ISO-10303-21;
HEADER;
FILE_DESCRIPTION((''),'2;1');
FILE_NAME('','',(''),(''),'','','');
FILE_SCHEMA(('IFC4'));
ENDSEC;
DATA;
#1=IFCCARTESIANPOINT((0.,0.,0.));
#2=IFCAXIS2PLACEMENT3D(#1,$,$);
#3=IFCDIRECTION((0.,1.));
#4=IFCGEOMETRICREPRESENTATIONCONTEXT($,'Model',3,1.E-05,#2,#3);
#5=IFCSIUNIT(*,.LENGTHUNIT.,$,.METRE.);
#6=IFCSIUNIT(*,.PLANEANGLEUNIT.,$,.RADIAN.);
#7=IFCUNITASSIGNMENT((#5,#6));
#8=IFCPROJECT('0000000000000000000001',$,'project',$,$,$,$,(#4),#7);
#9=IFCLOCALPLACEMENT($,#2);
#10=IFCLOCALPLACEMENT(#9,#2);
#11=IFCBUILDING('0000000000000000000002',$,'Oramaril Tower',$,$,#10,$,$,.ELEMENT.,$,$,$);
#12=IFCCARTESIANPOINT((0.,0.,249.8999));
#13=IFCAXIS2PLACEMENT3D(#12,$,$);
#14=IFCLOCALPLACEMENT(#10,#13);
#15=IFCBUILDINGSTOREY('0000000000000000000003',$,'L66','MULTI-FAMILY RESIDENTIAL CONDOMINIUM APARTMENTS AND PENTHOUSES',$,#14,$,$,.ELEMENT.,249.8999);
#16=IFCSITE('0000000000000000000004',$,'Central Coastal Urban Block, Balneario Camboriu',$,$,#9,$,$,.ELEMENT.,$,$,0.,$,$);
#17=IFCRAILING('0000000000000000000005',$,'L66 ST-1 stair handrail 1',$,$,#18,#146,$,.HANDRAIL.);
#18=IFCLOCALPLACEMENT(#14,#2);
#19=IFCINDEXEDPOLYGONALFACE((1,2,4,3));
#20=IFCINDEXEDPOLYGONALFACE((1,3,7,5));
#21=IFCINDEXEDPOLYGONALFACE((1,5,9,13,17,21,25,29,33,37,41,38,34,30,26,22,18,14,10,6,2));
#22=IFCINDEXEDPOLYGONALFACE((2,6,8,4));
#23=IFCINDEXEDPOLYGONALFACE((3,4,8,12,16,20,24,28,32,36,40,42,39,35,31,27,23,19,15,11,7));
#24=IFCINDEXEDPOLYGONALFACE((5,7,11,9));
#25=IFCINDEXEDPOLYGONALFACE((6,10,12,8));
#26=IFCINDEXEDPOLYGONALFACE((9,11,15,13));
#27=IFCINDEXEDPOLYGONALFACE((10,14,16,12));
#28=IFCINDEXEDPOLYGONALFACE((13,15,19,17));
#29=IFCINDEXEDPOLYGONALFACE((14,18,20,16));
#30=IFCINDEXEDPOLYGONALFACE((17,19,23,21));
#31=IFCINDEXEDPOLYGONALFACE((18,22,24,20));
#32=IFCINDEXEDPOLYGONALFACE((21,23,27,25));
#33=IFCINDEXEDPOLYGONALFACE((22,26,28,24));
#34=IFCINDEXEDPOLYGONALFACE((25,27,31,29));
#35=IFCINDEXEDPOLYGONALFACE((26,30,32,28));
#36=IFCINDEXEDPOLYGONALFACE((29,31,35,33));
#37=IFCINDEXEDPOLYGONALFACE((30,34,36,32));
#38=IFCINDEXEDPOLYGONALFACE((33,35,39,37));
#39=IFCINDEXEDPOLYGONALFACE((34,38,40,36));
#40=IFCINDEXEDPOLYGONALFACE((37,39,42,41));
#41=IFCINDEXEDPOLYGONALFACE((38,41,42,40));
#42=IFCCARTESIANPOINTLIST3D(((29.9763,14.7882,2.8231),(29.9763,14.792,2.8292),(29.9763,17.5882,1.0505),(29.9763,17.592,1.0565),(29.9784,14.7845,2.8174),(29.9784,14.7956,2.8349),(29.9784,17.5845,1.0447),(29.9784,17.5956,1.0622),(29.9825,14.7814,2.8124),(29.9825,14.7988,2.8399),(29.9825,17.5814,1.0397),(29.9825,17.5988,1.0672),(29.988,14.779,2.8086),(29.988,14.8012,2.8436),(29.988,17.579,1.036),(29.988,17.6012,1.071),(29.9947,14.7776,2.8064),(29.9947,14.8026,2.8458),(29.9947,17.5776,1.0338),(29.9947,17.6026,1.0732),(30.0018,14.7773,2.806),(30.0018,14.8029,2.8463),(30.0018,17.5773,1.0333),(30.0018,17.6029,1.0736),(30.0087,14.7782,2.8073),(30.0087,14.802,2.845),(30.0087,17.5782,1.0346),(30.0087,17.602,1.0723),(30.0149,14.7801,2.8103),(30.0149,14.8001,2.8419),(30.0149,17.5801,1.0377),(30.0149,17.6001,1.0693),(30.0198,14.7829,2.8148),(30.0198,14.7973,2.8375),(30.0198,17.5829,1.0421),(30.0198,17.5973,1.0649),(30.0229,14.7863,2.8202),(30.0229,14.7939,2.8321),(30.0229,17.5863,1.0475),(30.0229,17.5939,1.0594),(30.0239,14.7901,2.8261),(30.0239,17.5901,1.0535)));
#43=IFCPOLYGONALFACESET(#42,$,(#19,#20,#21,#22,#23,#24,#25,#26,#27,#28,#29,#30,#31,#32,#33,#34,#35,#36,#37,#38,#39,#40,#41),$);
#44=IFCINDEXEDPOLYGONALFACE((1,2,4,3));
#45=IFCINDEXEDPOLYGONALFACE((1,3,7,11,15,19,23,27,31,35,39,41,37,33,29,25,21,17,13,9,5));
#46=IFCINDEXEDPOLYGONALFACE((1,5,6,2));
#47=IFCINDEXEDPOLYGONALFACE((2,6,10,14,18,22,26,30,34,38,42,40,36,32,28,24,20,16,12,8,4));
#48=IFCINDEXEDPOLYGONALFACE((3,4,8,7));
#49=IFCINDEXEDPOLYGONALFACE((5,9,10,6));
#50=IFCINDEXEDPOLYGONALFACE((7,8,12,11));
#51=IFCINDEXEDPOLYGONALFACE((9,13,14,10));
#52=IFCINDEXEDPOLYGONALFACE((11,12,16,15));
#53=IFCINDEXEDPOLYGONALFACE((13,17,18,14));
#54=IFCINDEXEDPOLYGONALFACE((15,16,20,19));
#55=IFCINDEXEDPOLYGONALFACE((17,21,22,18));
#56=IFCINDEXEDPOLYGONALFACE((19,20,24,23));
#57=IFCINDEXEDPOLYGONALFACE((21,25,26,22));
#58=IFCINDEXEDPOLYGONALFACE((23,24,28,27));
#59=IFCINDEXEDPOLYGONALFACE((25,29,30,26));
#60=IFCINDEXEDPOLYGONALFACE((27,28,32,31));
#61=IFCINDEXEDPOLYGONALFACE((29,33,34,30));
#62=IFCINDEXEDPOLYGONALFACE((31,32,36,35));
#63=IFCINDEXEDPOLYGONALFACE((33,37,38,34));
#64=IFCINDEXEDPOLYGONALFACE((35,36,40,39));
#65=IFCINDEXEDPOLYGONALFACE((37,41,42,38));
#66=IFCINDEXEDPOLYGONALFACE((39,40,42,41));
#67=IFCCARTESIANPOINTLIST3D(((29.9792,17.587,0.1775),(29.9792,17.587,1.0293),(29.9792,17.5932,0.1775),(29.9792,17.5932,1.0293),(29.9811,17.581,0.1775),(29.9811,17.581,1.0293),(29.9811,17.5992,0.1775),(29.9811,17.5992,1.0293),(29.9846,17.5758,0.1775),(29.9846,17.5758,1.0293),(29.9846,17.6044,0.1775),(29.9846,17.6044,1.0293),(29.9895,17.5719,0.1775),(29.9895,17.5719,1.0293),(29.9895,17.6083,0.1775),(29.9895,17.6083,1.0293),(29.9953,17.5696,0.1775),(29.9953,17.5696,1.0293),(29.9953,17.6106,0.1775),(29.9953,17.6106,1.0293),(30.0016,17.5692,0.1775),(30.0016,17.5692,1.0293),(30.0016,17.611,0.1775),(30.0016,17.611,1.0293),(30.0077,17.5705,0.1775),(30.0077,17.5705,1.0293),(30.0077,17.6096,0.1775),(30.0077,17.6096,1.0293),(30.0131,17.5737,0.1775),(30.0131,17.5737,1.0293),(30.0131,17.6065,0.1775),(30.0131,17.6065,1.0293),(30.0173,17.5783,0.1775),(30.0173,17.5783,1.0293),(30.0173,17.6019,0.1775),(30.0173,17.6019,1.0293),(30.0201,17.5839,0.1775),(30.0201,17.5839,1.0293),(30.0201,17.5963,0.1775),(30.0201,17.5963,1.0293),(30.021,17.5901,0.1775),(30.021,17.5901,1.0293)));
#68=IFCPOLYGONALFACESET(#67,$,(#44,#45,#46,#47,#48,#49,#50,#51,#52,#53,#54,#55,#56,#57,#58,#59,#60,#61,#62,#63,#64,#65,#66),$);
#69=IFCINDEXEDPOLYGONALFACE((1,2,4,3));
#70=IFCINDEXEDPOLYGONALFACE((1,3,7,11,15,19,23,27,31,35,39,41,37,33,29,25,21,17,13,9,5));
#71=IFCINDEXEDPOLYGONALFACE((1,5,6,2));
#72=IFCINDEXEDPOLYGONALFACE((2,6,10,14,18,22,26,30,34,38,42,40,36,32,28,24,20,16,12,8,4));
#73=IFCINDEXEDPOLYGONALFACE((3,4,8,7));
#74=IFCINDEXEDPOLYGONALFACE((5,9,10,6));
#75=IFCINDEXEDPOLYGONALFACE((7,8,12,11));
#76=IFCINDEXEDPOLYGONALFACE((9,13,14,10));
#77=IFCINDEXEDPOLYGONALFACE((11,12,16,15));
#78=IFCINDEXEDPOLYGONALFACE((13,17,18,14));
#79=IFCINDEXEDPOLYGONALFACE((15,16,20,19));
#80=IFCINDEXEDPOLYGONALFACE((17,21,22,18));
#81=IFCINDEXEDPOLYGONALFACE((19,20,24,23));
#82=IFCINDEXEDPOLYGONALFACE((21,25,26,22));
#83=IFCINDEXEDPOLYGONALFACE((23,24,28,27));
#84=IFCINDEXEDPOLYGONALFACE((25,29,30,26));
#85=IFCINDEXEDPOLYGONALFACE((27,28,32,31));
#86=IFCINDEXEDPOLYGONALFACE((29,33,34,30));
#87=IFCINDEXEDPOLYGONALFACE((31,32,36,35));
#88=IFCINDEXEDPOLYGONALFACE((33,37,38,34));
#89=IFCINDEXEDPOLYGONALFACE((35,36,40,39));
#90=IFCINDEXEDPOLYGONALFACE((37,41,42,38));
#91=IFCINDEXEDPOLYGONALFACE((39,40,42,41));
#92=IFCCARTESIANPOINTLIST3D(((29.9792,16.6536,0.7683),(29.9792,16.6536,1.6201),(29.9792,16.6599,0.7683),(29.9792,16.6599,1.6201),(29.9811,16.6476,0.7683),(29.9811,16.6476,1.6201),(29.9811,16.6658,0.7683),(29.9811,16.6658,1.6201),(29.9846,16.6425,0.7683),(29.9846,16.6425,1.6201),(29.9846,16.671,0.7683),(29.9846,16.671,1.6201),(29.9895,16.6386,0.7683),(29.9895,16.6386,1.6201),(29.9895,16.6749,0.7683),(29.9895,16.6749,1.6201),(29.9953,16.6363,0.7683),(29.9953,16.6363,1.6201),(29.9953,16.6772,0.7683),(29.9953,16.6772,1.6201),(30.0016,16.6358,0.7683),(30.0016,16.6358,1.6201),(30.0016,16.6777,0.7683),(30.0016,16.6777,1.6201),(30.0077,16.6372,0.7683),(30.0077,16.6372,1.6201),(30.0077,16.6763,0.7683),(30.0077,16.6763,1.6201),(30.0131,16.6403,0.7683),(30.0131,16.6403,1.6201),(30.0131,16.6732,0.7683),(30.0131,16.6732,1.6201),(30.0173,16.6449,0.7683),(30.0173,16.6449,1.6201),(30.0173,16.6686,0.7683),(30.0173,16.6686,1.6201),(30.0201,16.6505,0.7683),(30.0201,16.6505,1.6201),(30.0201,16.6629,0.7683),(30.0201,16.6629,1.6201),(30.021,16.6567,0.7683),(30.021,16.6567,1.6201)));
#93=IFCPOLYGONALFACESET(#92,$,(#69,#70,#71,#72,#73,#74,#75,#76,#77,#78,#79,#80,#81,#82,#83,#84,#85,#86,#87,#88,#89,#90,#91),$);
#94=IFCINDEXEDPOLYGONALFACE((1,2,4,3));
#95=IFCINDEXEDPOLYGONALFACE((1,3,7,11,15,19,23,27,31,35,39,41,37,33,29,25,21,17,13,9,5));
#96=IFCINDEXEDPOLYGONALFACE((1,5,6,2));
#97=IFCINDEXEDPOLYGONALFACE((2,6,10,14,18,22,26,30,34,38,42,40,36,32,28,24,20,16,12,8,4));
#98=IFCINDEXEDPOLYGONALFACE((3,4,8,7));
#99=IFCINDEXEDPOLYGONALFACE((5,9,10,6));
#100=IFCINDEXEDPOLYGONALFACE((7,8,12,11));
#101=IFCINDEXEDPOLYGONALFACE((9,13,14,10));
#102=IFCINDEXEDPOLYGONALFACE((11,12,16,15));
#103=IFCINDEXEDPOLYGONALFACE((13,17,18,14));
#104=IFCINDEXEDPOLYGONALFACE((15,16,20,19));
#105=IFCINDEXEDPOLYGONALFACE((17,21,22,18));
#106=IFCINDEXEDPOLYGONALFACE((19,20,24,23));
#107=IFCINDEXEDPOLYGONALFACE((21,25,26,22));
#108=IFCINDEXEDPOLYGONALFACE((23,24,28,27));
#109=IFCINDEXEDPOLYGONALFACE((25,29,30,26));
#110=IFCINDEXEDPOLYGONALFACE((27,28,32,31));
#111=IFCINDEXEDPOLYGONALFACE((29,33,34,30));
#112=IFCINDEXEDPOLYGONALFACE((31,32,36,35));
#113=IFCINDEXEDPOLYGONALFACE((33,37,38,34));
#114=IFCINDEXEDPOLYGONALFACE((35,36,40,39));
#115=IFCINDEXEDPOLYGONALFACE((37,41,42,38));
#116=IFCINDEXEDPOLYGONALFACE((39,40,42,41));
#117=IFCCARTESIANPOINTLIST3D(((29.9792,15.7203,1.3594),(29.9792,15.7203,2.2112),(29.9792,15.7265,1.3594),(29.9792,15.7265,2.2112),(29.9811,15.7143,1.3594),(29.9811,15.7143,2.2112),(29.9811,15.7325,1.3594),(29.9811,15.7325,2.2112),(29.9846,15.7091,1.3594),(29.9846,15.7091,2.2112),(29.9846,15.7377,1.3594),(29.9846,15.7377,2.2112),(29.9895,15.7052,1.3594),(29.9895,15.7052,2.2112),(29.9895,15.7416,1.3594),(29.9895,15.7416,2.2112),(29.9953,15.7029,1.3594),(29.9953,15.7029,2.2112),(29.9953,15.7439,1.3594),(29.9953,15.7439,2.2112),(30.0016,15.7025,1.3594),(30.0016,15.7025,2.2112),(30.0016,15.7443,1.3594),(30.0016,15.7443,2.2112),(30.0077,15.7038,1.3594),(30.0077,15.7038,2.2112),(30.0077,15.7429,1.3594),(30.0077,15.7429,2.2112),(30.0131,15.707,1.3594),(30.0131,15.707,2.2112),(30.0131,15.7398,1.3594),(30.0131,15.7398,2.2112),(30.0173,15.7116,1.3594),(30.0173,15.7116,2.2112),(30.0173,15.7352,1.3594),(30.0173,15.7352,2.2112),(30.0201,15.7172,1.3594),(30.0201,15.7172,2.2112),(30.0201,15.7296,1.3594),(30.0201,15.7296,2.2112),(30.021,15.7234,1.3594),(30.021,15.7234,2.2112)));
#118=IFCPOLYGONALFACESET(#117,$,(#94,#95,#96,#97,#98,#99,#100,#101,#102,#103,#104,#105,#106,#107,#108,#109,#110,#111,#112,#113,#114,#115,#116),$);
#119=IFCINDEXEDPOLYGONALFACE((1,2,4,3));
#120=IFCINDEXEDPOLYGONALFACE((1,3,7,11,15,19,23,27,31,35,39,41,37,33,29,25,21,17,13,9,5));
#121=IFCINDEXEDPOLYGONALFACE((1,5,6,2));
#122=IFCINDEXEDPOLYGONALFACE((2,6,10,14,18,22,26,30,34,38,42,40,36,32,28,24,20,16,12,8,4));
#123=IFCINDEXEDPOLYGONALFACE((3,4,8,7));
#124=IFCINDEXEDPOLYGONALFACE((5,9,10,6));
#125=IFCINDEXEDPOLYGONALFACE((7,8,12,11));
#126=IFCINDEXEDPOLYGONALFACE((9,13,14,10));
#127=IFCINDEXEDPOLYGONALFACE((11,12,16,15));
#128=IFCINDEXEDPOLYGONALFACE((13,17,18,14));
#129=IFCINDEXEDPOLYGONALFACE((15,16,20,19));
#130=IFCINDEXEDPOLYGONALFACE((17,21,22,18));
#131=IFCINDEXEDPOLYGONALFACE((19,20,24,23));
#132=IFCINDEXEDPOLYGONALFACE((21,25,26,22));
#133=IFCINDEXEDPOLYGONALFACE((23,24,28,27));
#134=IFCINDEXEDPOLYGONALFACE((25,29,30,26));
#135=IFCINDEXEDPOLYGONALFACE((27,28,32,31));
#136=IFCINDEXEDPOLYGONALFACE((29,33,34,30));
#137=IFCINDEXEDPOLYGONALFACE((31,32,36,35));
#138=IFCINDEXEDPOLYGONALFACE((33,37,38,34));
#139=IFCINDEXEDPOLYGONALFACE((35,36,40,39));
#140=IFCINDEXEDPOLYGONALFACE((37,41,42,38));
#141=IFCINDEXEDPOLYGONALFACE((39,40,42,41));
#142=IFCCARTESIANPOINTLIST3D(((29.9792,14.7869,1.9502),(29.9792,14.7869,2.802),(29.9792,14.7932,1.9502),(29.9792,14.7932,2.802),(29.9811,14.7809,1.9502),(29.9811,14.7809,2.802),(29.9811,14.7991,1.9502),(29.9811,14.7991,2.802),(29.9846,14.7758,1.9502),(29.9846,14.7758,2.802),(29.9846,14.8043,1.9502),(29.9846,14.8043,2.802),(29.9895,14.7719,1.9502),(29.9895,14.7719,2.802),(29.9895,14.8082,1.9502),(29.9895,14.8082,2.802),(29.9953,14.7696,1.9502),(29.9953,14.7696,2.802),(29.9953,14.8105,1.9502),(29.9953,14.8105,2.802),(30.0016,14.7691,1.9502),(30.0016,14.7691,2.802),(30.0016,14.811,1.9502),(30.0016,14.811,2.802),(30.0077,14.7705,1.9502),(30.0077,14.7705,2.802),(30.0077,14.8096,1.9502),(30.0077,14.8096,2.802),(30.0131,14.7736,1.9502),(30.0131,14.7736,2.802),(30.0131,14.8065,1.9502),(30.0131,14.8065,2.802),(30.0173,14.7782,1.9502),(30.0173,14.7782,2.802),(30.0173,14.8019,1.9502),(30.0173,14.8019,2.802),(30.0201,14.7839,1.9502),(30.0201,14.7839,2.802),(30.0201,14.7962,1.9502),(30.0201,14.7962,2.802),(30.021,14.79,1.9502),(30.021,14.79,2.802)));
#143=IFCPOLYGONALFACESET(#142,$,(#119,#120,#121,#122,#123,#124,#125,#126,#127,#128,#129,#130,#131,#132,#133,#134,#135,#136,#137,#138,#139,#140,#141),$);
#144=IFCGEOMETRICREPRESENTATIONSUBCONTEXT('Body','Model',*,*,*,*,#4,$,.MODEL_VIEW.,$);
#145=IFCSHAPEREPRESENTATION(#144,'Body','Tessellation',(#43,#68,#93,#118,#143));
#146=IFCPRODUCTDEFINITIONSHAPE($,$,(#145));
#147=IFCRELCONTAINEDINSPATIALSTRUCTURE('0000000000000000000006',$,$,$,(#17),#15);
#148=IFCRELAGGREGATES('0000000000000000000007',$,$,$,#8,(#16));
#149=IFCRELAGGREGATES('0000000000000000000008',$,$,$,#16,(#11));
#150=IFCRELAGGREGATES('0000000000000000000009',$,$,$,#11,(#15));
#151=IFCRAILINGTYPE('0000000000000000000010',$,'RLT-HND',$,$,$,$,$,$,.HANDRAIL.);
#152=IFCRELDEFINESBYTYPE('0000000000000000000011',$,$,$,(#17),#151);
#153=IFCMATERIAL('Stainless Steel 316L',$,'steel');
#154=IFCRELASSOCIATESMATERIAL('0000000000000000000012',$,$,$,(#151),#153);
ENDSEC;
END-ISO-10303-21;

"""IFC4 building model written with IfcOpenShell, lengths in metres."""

from ifc_helpers import new_model, si_unit, direction, frame, origin, origin_2d, place, context, subcontext, project, spatial, circle, extrude, material, type_object, element, save


model = new_model("IFC4")

# Units and contexts
model_context = context("Model", 3, precision=1e-05, world=origin(), true_north=direction((0.0, 1.0)))
body_context = subcontext(model_context, "Body", "Model", "MODEL_VIEW")
ifc_project = project(units=[si_unit("LENGTHUNIT", "METRE"), si_unit("PLANEANGLEUNIT", "RADIAN")], contexts=[model_context])

# Site, building, storey
site_placement = place(None, origin())
site = spatial("IfcSite", under=ifc_project, at=site_placement, Name="Central Coastal Urban Block, Balneario Camboriu", CompositionType="ELEMENT", RefElevation=0.0)
building_placement = place(site_placement, origin())
building = spatial("IfcBuilding", under=site, at=building_placement, Name="Oramaril Tower", CompositionType="ELEMENT")
storey_placement = place(building_placement, frame((0.0, 0.0, 249.8999)))
storey = spatial("IfcBuildingStorey", under=building, at=storey_placement, Name="L66", Description="MULTI-FAMILY RESIDENTIAL CONDOMINIUM APARTMENTS AND PENTHOUSES", CompositionType="ELEMENT", Elevation=249.8999)

# Railing
ifc_material_1 = material(Name="Stainless Steel 316L", Category="steel")
railing_type_1 = type_object("IfcRailingType", Name="RLT-HND", PredefinedType="HANDRAIL", material=ifc_material_1)
railing_1_placement = place(storey_placement, frame((30.0, 17.5901, 0.1775)))
element("IfcRailing", 1, at=railing_1_placement, inside=storey, type_object=railing_type_1, Name="L66 ST-1 stair handrail 1", PredefinedType="HANDRAIL", context=body_context, shape_type="SweptSolid", body=[
    extrude(circle(Radius=0.0239, at=origin_2d()), frame((0.0, 0.0, 0.876), z_axis=(0.0, -0.844909, 0.53491), x_axis=(1.0, 0.0, 0.0)), (0.0, 0.0, 1.0), 3.314),
    extrude(circle(Radius=0.021, at=origin_2d()), origin(), (0.0, 0.0, 1.0), 0.8518),
    extrude(circle(Radius=0.021, at=origin_2d()), frame((0.0, -0.9333, 0.5908)), (0.0, 0.0, 1.0), 0.8518),
    extrude(circle(Radius=0.021, at=origin_2d()), frame((0.0, -1.8667, 1.1819)), (0.0, 0.0, 1.0), 0.8518),
    extrude(circle(Radius=0.021, at=origin_2d()), frame((0.0, -2.8, 1.7727)), (0.0, 0.0, 1.0), 0.8518),
])

save(model, "model.ifc")
